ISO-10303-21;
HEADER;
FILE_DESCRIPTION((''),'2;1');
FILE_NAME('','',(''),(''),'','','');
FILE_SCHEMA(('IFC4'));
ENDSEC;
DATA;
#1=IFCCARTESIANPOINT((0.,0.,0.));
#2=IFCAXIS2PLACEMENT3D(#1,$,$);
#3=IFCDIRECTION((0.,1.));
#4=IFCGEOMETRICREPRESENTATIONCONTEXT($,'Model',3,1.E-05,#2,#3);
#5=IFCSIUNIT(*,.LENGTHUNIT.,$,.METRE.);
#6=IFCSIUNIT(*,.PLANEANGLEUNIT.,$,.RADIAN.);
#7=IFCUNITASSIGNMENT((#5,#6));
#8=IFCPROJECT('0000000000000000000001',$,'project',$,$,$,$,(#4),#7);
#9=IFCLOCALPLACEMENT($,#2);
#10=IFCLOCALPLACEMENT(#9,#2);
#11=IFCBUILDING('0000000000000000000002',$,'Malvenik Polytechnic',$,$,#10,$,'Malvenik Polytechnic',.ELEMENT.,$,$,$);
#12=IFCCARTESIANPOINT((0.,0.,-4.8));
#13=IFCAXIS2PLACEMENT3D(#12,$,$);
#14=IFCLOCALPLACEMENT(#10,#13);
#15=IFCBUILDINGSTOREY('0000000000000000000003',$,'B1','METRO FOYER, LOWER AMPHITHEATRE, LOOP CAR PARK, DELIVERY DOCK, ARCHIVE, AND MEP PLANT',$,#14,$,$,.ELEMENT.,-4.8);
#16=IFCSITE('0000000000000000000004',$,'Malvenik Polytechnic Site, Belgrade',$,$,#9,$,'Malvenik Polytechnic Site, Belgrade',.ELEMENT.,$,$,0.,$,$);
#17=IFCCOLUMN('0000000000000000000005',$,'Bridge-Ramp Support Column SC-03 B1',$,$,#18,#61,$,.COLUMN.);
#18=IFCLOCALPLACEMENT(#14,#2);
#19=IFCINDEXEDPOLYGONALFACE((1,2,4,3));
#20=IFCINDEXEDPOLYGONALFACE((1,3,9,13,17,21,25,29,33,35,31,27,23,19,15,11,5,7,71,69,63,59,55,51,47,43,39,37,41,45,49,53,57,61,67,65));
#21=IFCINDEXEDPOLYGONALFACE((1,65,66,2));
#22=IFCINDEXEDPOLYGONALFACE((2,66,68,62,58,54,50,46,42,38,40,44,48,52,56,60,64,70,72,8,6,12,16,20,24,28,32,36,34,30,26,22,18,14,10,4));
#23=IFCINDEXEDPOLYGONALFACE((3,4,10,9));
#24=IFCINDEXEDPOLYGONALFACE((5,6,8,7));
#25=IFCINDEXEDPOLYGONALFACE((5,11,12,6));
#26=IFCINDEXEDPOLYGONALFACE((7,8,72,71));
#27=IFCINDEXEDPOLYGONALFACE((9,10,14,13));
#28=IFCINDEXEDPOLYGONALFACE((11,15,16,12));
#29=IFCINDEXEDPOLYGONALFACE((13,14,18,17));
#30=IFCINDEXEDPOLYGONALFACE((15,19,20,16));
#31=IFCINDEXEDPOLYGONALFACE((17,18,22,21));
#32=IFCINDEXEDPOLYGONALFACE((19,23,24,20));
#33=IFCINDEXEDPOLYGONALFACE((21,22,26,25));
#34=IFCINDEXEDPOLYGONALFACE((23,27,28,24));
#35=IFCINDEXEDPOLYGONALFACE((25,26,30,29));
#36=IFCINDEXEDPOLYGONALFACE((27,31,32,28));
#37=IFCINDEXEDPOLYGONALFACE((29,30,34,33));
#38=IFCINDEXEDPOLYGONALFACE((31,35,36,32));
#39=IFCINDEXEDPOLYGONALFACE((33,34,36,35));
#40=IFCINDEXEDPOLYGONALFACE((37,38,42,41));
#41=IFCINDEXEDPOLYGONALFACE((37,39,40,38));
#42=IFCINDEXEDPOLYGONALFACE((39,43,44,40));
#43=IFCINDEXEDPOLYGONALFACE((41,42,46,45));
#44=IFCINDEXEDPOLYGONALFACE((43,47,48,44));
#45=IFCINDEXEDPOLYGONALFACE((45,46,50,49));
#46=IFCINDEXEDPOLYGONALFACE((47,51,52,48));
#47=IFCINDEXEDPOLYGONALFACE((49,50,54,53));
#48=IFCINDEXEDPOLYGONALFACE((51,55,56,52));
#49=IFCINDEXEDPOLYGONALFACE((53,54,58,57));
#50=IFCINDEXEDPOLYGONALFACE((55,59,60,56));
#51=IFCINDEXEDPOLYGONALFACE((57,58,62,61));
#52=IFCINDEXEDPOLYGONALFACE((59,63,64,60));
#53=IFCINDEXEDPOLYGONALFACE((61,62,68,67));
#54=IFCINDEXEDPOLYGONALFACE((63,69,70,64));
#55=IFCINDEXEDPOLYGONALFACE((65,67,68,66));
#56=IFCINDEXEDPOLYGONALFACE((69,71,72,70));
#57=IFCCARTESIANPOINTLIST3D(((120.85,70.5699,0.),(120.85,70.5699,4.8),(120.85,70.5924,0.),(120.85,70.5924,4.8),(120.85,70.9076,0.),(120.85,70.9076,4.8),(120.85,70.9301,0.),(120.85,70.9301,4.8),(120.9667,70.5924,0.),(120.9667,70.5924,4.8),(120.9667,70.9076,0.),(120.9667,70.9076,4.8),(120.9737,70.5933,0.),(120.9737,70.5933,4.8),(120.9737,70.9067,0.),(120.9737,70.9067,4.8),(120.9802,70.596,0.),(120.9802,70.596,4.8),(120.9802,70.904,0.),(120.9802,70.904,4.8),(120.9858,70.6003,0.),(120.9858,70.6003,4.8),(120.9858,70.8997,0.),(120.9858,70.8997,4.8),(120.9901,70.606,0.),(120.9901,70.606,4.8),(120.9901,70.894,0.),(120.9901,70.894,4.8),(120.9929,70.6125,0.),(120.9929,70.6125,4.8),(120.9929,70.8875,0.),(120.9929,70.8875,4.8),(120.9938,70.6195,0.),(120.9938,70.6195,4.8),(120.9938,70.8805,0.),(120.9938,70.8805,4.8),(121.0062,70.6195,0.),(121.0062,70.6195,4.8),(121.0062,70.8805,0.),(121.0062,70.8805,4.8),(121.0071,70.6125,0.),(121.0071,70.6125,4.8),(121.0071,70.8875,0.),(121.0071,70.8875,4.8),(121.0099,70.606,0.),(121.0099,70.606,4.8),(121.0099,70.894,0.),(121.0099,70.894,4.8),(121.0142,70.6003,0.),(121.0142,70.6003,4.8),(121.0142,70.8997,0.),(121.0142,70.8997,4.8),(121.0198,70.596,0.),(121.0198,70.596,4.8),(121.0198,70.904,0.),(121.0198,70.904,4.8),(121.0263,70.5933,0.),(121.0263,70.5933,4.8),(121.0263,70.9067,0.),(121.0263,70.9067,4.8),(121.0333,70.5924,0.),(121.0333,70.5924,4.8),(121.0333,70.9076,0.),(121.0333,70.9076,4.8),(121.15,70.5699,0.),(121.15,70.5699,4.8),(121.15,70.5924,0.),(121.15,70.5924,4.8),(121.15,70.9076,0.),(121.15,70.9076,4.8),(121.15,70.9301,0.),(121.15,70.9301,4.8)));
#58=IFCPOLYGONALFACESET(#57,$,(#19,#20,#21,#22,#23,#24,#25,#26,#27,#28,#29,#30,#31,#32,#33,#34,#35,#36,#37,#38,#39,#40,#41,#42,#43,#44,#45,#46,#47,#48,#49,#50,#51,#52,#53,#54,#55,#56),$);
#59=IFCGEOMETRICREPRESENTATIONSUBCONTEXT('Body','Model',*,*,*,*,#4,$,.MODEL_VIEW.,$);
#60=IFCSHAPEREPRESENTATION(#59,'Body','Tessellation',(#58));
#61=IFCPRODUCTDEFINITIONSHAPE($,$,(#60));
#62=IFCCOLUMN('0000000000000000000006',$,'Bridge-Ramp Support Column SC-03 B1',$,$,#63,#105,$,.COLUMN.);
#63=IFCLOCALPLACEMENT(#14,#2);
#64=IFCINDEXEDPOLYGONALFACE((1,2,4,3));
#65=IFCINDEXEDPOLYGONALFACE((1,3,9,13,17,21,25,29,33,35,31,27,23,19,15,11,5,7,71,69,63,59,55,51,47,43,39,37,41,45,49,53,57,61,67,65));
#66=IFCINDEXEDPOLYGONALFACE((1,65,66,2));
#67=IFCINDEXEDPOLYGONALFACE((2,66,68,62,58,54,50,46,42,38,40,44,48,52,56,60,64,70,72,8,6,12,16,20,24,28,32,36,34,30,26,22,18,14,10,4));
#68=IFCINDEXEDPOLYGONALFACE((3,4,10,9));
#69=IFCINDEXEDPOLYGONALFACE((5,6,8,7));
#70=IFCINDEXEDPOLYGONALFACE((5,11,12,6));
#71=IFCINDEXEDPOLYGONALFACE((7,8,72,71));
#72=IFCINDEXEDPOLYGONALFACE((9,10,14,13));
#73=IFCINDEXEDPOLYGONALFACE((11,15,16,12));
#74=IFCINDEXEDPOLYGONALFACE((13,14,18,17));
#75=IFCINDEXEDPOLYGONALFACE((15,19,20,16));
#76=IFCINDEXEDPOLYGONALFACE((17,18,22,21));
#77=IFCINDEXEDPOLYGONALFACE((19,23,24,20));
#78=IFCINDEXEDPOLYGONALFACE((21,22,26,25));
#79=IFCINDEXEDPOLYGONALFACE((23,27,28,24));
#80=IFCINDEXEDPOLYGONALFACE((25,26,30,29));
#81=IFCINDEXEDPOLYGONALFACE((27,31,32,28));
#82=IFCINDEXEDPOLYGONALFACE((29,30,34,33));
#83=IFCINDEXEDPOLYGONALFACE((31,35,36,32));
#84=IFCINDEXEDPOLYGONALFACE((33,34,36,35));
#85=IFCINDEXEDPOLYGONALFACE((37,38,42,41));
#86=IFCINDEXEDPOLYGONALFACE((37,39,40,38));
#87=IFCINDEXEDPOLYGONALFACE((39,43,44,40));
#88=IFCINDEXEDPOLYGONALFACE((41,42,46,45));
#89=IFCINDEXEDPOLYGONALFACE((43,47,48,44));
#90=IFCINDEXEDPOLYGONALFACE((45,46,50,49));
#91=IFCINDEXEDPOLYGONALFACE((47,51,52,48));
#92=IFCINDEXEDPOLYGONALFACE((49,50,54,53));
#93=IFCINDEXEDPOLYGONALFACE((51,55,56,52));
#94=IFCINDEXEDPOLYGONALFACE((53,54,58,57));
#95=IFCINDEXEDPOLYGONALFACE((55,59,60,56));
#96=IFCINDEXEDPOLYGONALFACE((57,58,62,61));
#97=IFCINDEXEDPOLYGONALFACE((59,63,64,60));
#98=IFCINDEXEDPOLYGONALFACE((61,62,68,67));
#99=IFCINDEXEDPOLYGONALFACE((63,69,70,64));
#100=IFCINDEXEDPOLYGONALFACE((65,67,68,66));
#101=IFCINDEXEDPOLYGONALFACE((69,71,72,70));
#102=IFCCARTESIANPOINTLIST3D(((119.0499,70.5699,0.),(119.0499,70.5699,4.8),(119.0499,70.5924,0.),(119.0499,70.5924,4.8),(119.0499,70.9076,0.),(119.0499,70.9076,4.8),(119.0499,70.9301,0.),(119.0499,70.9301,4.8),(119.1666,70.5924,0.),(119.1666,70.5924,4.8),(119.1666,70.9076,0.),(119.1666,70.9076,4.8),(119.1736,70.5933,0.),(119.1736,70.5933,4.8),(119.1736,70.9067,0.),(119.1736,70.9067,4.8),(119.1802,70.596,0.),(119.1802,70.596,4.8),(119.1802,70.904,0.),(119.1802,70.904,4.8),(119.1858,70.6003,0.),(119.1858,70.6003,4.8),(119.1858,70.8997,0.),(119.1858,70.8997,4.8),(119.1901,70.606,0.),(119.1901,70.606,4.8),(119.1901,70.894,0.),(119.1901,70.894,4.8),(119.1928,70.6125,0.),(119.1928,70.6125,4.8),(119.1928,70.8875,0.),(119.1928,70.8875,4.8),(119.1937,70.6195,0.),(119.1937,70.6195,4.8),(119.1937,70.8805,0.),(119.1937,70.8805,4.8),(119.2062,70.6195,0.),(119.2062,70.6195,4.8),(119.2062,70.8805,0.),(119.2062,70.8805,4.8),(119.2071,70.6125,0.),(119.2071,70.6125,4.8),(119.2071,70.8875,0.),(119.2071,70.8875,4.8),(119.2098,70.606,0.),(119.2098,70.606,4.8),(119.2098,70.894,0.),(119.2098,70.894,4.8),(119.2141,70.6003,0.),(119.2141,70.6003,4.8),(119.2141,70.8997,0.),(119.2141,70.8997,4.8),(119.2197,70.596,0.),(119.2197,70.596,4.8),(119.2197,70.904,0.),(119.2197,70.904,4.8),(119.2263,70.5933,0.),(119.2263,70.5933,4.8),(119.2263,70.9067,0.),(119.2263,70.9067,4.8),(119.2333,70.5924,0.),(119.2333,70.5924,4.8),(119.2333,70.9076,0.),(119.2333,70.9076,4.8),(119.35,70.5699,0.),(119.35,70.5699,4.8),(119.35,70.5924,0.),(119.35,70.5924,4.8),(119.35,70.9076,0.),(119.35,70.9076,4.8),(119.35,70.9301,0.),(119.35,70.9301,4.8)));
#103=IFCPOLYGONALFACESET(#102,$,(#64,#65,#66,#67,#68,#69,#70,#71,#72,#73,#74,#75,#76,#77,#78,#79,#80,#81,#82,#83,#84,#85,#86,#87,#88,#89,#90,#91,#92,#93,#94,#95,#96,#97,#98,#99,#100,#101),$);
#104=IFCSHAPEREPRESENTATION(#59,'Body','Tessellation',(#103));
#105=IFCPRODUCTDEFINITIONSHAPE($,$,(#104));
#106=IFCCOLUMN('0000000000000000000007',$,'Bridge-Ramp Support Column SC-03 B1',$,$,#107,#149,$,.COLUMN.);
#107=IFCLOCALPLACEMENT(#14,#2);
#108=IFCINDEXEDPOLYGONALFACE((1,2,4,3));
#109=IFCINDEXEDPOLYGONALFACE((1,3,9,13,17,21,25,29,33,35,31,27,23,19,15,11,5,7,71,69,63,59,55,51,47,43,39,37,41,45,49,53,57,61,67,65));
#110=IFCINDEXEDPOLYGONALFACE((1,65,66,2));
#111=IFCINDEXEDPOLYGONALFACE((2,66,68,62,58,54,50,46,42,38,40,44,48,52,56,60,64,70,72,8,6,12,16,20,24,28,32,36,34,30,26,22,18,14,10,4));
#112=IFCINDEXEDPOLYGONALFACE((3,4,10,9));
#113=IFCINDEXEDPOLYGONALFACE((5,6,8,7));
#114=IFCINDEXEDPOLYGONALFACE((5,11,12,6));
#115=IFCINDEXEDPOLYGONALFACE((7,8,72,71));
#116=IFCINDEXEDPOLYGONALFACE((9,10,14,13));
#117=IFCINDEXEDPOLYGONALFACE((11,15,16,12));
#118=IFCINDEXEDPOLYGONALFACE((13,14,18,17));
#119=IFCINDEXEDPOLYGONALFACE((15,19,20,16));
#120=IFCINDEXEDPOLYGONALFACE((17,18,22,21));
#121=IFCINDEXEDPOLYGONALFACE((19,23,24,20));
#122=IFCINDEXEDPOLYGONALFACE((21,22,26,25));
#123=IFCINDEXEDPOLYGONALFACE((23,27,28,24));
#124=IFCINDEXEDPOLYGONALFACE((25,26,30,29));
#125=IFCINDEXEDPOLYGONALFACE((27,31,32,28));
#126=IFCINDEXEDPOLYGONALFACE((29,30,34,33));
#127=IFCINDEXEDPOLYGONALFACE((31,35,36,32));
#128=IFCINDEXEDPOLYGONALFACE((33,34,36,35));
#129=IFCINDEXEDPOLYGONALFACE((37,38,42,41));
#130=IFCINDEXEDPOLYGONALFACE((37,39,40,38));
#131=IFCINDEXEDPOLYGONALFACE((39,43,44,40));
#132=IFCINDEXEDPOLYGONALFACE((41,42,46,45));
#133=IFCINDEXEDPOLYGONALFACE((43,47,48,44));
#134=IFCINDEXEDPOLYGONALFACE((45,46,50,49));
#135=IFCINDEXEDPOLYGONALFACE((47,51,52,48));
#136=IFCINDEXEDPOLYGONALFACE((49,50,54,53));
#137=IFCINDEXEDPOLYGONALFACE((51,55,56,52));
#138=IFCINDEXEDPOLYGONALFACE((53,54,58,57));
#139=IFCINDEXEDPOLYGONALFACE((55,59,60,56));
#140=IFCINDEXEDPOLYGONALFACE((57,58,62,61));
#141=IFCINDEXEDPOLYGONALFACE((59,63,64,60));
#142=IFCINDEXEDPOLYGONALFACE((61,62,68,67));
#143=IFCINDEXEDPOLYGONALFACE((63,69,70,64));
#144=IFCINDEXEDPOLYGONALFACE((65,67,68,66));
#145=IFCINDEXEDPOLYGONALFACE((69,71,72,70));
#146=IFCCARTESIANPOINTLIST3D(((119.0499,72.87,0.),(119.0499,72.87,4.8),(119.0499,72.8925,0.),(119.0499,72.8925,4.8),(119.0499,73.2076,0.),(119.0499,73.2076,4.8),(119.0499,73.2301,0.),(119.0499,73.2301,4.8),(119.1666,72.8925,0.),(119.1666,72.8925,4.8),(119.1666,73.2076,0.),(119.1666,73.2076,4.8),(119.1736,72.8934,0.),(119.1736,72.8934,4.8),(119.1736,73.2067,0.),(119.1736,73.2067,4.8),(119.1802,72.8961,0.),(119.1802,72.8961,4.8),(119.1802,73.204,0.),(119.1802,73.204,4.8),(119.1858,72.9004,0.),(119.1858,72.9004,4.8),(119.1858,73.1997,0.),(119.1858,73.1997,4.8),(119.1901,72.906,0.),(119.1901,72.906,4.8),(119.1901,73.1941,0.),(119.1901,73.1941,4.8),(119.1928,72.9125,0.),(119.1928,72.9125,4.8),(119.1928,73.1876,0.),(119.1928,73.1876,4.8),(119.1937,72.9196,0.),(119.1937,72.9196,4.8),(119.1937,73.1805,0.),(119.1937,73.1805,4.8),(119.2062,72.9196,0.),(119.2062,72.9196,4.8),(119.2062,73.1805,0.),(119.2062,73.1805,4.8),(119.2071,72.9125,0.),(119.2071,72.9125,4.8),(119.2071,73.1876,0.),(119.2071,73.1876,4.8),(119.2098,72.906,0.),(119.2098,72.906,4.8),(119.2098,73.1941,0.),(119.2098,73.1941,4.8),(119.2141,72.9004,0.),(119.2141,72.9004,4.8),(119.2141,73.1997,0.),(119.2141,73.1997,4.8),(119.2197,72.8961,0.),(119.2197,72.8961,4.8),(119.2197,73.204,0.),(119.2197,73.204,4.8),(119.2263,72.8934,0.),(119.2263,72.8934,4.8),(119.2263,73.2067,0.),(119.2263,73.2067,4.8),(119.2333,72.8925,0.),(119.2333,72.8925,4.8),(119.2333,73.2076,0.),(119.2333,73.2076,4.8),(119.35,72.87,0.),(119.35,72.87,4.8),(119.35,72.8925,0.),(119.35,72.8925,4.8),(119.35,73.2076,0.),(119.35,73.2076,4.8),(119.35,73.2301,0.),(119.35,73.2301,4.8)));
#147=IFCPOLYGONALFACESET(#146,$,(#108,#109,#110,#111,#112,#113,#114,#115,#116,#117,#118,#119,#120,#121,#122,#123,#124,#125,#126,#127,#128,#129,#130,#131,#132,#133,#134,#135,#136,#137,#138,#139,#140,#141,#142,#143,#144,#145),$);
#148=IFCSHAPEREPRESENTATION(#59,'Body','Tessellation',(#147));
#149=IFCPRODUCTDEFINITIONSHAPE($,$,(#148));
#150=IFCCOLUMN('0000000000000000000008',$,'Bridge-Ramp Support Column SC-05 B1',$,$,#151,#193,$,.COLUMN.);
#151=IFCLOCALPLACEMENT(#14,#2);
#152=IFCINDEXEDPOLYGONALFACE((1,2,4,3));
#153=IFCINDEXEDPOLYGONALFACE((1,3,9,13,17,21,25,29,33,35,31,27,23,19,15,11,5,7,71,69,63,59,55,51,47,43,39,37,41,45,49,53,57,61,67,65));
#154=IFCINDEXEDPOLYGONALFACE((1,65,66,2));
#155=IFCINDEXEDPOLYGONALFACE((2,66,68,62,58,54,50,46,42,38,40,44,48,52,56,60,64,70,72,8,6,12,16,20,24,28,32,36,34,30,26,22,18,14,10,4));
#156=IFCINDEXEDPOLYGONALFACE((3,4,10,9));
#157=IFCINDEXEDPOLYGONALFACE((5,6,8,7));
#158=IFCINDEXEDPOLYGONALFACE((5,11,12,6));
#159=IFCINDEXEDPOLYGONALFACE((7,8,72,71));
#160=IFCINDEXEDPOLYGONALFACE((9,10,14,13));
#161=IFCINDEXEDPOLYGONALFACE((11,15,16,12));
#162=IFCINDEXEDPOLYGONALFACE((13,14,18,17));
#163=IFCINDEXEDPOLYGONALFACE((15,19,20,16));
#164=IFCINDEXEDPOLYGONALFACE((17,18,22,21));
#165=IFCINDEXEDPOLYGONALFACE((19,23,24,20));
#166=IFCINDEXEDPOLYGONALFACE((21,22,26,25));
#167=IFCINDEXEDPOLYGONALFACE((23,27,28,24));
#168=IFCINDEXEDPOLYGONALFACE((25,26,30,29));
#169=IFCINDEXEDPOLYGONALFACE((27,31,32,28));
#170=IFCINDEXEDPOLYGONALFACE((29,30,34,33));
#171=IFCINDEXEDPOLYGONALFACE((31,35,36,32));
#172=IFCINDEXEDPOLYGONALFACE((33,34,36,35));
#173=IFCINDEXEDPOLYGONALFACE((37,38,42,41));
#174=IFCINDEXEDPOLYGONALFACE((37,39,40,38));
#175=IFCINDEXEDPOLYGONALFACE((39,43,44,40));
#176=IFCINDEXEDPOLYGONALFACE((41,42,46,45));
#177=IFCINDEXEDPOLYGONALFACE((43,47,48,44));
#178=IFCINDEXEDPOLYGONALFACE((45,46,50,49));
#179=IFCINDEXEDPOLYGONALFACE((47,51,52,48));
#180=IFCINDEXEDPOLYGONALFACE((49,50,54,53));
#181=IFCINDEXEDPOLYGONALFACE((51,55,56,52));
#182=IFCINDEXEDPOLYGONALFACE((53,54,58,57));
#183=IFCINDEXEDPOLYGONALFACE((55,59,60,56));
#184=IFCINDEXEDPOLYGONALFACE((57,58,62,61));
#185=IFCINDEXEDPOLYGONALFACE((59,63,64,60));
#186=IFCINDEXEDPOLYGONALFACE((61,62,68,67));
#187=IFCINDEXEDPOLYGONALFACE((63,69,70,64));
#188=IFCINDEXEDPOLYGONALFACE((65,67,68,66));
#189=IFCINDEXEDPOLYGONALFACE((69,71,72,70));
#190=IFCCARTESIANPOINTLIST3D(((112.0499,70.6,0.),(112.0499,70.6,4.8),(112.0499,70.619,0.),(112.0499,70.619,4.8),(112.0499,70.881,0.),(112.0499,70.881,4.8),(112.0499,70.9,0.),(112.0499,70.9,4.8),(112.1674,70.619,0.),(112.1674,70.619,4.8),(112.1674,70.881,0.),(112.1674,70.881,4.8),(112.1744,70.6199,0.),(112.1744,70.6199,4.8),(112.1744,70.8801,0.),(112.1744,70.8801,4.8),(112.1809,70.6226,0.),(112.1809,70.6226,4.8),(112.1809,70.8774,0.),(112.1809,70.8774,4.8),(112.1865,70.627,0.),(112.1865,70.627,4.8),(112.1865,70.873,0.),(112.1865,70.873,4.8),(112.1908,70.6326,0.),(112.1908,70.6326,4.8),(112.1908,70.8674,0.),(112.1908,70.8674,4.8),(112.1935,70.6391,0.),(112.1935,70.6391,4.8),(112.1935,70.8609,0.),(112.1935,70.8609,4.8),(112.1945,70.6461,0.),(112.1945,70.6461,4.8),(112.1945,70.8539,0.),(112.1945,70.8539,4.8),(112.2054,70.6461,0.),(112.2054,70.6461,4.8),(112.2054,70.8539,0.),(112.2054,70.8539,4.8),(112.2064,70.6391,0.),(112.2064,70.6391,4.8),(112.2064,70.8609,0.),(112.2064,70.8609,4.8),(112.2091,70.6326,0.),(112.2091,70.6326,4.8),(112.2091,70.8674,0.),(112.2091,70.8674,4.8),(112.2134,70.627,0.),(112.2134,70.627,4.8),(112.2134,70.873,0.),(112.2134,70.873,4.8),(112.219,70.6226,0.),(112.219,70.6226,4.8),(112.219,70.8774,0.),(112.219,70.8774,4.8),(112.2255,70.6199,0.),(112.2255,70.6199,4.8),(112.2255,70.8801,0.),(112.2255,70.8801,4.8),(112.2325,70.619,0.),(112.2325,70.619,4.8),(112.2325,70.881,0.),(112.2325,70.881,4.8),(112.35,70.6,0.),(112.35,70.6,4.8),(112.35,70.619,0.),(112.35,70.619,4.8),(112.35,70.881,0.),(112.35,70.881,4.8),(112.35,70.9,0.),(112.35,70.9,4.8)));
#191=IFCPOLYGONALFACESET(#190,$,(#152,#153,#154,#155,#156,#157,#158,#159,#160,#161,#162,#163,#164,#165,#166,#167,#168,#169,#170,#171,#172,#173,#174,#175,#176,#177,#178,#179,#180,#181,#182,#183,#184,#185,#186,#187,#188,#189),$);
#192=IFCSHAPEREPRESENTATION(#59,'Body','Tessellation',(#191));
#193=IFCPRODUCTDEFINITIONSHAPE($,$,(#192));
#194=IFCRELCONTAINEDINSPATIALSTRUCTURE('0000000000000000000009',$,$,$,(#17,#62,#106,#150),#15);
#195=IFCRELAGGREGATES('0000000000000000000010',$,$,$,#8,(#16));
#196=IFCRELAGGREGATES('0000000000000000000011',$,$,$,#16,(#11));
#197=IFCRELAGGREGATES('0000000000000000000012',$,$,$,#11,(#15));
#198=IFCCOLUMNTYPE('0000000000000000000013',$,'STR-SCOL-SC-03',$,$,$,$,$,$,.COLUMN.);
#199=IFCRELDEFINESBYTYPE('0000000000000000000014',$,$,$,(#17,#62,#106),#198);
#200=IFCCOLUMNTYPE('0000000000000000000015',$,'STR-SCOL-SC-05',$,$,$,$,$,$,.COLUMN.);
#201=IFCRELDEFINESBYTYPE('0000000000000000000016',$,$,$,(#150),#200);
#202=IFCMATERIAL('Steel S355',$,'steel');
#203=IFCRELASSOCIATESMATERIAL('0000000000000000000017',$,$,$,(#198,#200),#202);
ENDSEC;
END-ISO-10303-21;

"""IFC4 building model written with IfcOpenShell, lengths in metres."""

from ifc_helpers import new_model, si_unit, direction, frame, origin, origin_2d, place, context, subcontext, project, spatial, i_section, extrude, material, material_profile, profile_set, type_object, element, save


model = new_model("IFC4")

# Units and contexts
model_context = context("Model", 3, precision=1e-05, world=origin(), true_north=direction((0.0, 1.0)))
body_context = subcontext(model_context, "Body", "Model", "MODEL_VIEW")
ifc_project = project(units=[si_unit("LENGTHUNIT", "METRE"), si_unit("PLANEANGLEUNIT", "RADIAN")], contexts=[model_context])

# Site, building, storey
site_placement = place(None, origin())
site = spatial("IfcSite", under=ifc_project, at=site_placement, Name="Malvenik Polytechnic Site, Belgrade", LongName="Malvenik Polytechnic Site, Belgrade", CompositionType="ELEMENT", RefElevation=0.0)
building_placement = place(site_placement, origin())
building = spatial("IfcBuilding", under=site, at=building_placement, Name="Malvenik Polytechnic", LongName="Malvenik Polytechnic", CompositionType="ELEMENT")
storey_placement = place(building_placement, frame((0.0, 0.0, -4.8)))
storey = spatial("IfcBuildingStorey", under=building, at=storey_placement, Name="B1", Description="METRO FOYER, LOWER AMPHITHEATRE, LOOP CAR PARK, DELIVERY DOCK, ARCHIVE, AND MEP PLANT", CompositionType="ELEMENT", Elevation=-4.8)

# Columns
ifc_material_1 = material(Name="Steel S355", Category="steel")
ifc_material_profile_1 = material_profile(ifc_material_1, i_section(OverallWidth=0.3, OverallDepth=0.3601, WebThickness=0.0125, FlangeThickness=0.0225, FilletRadius=0.0271, at=origin_2d()), Name="HEB 360")
ifc_profile_set_1 = profile_set([ifc_material_profile_1], Name="Steel S355")
column_type_1 = type_object("IfcColumnType", Name="STR-SCOL-SC-03", PredefinedType="COLUMN", material=ifc_profile_set_1)
for number, where, z_axis, x_axis, name in (
    (1, (121.0, 70.75, 0.0), (0.0, 0.0, 1.0), (1.0, 0.0, 0.0), "Bridge-Ramp Support Column SC-03 B1"),
    (2, (119.2, 70.75, 0.0), (0.0, 0.0, 1.0), (1.0, 0.0, 0.0), "Bridge-Ramp Support Column SC-03 B1"),
    (3, (119.2, 73.05, 0.0), (0.0, 0.0, 1.0), (1.0, 0.0, 0.0), "Bridge-Ramp Support Column SC-03 B1"),
):
    element("IfcColumn", number, at=place(storey_placement, frame(where, z_axis=z_axis, x_axis=x_axis)), inside=storey, type_object=column_type_1, Name=name, PredefinedType="COLUMN", context=body_context, shape_type="SweptSolid", body=[
        extrude(i_section(OverallWidth=0.3, OverallDepth=0.3601, WebThickness=0.0125, FlangeThickness=0.0225, FilletRadius=0.0271, at=origin_2d()), origin(), (0.0, 0.0, 1.0), 4.8),
    ])
ifc_material_profile_2 = material_profile(ifc_material_1, i_section(OverallWidth=0.3, OverallDepth=0.3, WebThickness=0.011, FlangeThickness=0.019, FilletRadius=0.0271, at=origin_2d()), Name="HEB 300")
ifc_profile_set_2 = profile_set([ifc_material_profile_2], Name="Steel S355")
column_type_2 = type_object("IfcColumnType", Name="STR-SCOL-SC-05", PredefinedType="COLUMN", material=ifc_profile_set_2)
for number, where, z_axis, x_axis, name in (
    (4, (112.2, 70.75, 0.0), (0.0, 0.0, 1.0), (1.0, 0.0, 0.0), "Bridge-Ramp Support Column SC-05 B1"),
):
    element("IfcColumn", number, at=place(storey_placement, frame(where, z_axis=z_axis, x_axis=x_axis)), inside=storey, type_object=column_type_2, Name=name, PredefinedType="COLUMN", context=body_context, shape_type="SweptSolid", body=[
        extrude(i_section(OverallWidth=0.3, OverallDepth=0.3, WebThickness=0.011, FlangeThickness=0.019, FilletRadius=0.0271, at=origin_2d()), origin(), (0.0, 0.0, 1.0), 4.8),
    ])

save(model, "model.ifc")
